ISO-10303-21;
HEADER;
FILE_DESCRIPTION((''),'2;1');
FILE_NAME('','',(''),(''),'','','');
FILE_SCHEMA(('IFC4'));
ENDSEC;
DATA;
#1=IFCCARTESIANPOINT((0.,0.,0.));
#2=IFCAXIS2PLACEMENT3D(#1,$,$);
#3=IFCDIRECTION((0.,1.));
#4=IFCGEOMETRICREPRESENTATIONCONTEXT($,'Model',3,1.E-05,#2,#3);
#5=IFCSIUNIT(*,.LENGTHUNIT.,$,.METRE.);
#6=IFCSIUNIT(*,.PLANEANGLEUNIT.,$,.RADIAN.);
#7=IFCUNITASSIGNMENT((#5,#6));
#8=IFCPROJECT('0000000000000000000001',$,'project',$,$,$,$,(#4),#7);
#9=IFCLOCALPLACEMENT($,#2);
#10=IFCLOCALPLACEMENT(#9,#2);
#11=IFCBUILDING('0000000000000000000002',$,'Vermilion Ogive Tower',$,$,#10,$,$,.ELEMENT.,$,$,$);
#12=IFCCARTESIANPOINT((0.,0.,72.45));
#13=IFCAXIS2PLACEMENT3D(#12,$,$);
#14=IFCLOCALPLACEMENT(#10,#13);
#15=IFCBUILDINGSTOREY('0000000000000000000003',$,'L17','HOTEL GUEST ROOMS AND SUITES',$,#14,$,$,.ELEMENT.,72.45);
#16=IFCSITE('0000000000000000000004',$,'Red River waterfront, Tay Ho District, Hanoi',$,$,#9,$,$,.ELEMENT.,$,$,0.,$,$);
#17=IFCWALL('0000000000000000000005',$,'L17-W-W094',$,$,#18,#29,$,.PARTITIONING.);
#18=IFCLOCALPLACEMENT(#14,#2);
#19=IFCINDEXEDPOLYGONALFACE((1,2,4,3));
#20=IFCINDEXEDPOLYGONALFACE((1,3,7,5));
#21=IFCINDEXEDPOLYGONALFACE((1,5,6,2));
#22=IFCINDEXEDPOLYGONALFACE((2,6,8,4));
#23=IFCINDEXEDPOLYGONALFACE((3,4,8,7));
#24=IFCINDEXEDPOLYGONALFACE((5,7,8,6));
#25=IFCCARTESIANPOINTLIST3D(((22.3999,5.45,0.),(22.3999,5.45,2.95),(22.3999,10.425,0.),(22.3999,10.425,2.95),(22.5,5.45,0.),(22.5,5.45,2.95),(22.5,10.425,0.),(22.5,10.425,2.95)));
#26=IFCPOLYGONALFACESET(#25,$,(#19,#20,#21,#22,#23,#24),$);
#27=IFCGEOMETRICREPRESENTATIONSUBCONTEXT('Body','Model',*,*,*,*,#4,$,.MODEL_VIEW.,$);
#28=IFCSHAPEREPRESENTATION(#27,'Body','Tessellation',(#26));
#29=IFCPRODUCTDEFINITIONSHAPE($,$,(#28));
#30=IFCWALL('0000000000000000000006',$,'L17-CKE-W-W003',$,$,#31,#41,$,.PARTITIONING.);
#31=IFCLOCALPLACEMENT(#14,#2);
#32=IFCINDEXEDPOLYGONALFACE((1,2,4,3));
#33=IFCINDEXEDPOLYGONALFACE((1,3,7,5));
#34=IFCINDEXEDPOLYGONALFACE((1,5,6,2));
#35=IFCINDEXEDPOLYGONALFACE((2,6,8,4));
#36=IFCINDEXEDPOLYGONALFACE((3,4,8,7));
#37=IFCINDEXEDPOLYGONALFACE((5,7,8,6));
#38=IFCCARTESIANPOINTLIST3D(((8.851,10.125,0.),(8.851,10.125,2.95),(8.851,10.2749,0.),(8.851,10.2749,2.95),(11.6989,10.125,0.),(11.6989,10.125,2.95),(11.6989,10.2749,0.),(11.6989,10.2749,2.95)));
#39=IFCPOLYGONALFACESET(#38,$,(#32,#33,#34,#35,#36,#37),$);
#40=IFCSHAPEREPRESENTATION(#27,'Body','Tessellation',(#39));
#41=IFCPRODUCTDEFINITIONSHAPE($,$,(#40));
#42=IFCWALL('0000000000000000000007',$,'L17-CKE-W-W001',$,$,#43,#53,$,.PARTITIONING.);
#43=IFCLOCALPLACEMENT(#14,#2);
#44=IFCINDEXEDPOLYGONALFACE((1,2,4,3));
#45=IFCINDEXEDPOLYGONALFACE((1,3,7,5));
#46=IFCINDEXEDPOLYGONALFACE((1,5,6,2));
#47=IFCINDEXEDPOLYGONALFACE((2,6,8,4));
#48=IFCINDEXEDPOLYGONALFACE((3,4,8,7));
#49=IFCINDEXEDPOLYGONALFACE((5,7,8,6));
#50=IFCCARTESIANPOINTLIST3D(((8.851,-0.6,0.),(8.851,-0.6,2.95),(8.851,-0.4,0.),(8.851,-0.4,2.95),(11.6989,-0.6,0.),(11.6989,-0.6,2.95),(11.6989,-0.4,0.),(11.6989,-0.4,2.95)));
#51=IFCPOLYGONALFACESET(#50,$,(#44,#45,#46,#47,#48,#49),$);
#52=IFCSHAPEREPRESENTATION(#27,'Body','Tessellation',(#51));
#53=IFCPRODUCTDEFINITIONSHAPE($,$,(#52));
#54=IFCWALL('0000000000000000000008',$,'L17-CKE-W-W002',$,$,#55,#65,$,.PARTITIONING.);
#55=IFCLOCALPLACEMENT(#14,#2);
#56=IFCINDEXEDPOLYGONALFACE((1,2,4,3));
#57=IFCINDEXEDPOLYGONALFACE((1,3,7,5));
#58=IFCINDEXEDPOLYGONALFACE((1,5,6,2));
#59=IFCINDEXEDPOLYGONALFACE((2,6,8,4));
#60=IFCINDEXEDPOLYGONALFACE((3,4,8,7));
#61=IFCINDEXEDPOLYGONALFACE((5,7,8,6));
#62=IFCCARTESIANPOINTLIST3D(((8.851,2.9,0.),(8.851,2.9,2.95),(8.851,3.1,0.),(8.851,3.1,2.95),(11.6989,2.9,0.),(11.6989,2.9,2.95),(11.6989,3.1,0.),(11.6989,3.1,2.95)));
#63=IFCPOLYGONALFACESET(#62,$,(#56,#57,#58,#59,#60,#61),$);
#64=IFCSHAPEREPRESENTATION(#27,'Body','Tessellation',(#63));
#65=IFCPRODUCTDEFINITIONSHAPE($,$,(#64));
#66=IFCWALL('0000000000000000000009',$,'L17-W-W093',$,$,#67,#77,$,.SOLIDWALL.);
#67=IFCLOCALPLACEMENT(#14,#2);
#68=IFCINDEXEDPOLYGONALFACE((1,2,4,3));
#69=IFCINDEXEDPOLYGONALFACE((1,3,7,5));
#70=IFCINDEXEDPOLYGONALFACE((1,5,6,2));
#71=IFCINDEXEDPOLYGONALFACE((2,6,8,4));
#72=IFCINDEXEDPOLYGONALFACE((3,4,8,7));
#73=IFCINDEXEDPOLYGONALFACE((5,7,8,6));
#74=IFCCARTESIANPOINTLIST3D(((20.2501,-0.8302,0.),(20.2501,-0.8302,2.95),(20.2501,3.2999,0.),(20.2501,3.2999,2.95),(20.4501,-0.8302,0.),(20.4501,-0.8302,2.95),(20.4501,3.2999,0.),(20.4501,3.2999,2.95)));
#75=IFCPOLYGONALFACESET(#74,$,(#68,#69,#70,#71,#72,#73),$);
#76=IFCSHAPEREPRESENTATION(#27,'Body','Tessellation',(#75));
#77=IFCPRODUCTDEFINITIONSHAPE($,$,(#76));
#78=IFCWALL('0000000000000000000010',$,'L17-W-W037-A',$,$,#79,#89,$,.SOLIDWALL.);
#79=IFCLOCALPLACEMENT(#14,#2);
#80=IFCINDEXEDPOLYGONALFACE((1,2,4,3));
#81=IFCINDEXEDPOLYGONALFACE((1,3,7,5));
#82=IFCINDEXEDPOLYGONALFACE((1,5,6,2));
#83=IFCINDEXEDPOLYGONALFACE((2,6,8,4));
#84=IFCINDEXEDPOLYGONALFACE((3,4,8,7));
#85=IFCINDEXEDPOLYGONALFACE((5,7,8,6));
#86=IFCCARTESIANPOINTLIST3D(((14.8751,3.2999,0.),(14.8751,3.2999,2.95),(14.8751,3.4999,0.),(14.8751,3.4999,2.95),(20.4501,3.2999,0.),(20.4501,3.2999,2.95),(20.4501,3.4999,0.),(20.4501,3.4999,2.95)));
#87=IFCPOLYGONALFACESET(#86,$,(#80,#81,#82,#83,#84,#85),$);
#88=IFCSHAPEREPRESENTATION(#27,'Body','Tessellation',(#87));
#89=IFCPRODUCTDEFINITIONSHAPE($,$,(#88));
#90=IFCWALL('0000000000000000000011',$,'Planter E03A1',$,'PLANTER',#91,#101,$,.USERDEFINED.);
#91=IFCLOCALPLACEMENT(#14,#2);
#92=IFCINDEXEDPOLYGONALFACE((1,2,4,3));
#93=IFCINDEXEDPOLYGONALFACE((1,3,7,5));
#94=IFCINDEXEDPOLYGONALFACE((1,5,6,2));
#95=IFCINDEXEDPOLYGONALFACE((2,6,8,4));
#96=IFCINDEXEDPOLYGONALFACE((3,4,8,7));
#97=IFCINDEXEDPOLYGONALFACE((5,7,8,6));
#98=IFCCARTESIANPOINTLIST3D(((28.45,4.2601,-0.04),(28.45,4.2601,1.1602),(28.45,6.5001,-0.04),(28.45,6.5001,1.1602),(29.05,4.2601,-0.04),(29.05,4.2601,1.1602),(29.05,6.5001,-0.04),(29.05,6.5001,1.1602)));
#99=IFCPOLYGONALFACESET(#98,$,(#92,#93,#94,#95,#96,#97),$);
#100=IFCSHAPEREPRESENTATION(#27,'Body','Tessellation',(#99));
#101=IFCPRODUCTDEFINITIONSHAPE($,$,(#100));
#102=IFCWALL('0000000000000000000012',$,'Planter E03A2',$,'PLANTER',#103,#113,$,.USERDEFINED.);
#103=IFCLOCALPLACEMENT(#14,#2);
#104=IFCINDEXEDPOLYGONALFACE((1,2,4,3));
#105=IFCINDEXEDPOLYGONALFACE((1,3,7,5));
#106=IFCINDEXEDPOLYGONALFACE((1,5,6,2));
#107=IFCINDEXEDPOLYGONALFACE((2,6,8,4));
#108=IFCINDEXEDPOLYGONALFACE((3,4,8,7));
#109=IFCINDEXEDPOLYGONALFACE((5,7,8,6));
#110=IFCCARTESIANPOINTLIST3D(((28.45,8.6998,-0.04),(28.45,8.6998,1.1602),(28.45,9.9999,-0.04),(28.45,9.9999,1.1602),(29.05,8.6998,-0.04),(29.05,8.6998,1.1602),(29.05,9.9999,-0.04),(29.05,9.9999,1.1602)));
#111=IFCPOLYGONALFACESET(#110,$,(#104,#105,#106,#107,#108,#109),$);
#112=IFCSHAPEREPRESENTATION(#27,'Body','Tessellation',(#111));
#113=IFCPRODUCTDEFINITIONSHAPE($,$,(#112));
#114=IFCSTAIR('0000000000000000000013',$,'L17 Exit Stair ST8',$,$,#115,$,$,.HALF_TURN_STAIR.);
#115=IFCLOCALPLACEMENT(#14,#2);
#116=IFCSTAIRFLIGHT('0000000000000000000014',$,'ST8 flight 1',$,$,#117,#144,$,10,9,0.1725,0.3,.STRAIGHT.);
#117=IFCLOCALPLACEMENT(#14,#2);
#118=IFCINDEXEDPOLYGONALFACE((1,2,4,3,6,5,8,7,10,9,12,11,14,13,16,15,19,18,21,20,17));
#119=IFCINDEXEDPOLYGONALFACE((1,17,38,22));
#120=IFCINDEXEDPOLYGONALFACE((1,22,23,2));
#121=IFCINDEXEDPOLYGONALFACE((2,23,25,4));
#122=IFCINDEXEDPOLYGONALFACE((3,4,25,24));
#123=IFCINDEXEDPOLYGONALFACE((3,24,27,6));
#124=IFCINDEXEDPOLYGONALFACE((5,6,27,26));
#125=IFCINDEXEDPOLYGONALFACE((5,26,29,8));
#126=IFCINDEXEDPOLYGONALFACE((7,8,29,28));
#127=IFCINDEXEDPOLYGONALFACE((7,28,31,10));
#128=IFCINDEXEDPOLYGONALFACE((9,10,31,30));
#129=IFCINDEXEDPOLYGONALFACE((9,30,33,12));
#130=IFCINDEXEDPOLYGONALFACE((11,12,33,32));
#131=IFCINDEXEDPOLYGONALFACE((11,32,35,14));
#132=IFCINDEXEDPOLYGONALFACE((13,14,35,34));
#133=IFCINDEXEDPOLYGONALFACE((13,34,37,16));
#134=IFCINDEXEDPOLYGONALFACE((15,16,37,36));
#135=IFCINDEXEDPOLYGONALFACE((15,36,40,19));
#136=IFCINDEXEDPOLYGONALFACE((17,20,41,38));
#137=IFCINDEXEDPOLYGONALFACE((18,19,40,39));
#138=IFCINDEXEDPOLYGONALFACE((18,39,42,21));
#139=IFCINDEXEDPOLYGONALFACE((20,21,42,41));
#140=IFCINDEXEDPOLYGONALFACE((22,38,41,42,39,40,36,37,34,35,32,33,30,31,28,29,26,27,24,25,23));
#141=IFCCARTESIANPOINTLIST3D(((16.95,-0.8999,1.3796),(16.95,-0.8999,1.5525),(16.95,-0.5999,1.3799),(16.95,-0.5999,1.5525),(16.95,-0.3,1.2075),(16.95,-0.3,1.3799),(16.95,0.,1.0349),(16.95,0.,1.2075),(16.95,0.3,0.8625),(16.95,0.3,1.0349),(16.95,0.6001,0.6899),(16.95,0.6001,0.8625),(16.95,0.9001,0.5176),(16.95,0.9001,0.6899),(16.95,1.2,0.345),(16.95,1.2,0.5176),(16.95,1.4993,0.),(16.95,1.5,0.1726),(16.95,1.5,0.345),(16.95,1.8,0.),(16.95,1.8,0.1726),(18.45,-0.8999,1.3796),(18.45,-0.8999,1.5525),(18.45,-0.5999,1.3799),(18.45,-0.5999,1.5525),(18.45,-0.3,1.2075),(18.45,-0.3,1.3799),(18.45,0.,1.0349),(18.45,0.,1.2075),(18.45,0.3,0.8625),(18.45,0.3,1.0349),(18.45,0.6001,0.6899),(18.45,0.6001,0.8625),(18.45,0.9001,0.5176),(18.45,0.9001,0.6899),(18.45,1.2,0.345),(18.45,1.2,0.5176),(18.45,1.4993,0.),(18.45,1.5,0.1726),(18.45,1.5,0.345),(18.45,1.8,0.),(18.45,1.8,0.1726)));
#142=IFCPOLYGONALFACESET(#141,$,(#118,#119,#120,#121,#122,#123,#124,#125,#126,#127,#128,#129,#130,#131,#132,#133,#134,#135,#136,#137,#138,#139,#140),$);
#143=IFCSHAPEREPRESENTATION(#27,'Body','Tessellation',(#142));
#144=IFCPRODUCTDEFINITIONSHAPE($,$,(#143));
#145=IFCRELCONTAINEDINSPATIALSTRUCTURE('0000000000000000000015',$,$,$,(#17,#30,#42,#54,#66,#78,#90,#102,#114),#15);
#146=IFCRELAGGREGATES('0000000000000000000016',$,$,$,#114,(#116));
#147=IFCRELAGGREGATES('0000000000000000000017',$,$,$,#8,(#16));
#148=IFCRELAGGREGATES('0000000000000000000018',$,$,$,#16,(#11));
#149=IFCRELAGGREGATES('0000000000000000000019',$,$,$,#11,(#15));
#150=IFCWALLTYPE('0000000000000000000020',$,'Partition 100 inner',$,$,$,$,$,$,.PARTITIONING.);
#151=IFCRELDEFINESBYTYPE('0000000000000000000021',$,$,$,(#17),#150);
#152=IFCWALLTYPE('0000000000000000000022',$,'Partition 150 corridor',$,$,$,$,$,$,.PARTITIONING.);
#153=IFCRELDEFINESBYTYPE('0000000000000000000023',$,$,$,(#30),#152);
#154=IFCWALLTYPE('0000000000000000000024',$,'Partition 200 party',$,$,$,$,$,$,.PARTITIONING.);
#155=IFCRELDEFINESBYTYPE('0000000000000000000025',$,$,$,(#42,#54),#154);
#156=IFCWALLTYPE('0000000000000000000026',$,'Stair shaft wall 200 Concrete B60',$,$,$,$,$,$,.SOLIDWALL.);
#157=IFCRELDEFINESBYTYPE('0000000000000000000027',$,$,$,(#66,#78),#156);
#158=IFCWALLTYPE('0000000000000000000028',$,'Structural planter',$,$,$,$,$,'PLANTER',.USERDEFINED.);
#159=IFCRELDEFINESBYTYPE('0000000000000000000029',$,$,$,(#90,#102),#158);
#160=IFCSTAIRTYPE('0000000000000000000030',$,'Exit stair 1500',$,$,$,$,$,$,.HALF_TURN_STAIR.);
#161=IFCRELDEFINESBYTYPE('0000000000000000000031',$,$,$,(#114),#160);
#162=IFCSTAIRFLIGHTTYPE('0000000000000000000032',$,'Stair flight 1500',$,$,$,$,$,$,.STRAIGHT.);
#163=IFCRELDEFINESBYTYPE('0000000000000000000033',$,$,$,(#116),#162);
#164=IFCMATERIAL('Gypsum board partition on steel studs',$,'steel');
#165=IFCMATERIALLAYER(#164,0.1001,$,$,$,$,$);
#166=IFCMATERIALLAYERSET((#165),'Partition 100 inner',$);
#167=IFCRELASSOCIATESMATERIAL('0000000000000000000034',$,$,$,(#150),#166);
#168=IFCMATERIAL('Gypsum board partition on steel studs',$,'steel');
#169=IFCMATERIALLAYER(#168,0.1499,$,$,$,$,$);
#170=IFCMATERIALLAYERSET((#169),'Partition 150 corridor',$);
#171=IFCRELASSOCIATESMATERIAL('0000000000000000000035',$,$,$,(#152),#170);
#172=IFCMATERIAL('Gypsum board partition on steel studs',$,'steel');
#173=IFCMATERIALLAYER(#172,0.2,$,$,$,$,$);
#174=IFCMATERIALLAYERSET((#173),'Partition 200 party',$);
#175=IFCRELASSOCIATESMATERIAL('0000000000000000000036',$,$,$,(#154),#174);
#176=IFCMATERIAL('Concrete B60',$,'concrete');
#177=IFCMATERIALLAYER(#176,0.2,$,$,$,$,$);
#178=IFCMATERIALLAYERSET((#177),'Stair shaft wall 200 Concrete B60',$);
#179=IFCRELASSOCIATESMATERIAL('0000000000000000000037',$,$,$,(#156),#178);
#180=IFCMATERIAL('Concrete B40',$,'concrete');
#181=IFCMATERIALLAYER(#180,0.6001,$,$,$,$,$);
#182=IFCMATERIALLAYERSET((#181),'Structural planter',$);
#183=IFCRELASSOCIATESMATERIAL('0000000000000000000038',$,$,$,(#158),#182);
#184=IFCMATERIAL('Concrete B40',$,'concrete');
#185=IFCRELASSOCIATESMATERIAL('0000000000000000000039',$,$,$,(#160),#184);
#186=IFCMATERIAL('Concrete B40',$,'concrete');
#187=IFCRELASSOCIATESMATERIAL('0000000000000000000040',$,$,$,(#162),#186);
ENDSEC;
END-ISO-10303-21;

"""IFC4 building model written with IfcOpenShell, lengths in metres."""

from ifc_helpers import new_model, si_unit, direction, frame, frame_2d, origin, place, context, subcontext, project, spatial, polyline, rectangle, outline, extrude, material, layer, layer_set, type_object, element, aggregate, save


model = new_model("IFC4")

# Units and contexts
model_context = context("Model", 3, precision=1e-05, world=origin(), true_north=direction((0.0, 1.0)))
body_context = subcontext(model_context, "Body", "Model", "MODEL_VIEW")
ifc_project = project(units=[si_unit("LENGTHUNIT", "METRE"), si_unit("PLANEANGLEUNIT", "RADIAN")], contexts=[model_context])

# Site, building, storey
site_placement = place(None, origin())
site = spatial("IfcSite", under=ifc_project, at=site_placement, Name="Red River waterfront, Tay Ho District, Hanoi", CompositionType="ELEMENT", RefElevation=0.0)
building_placement = place(site_placement, origin())
building = spatial("IfcBuilding", under=site, at=building_placement, Name="Vermilion Ogive Tower", CompositionType="ELEMENT")
storey_placement = place(building_placement, frame((0.0, 0.0, 72.45)))
storey = spatial("IfcBuildingStorey", under=building, at=storey_placement, Name="L17", Description="HOTEL GUEST ROOMS AND SUITES", CompositionType="ELEMENT", Elevation=72.45)

# Shared definitions
ifc_material_1 = material(Name="Gypsum board partition on steel studs", Category="steel")
ifc_layer_1 = layer(ifc_material_1, 0.1001)
ifc_layer_set_1 = layer_set([ifc_layer_1], Name="Partition 100 inner")
wall_type_1 = type_object("IfcWallType", Name="Partition 100 inner", PredefinedType="PARTITIONING", material=ifc_layer_set_1)

# Walls
wall_1_placement = place(storey_placement, frame((22.45, 5.45, 0.0), z_axis=(0.0, 0.0, 1.0), x_axis=(0.0, 1.0, 0.0)))
element("IfcWall", 1, at=wall_1_placement, inside=storey, type_object=wall_type_1, Name="L17-W-W094", PredefinedType="PARTITIONING", context=body_context, shape_type="SweptSolid", body=[
    extrude(rectangle(XDim=4.9751, YDim=0.1001, at=frame_2d((2.4875, 0.0))), origin(), (0.0, 0.0, 1.0), 2.95),
])
ifc_material_2 = material(Name="Gypsum board partition on steel studs", Category="steel")
ifc_layer_2 = layer(ifc_material_2, 0.1499)
ifc_layer_set_2 = layer_set([ifc_layer_2], Name="Partition 150 corridor")
wall_type_2 = type_object("IfcWallType", Name="Partition 150 corridor", PredefinedType="PARTITIONING", material=ifc_layer_set_2)
wall_2_placement = place(storey_placement, frame((8.8511, 10.2, 0.0), z_axis=(0.0, 0.0, 1.0), x_axis=(1.0, 0.0, 0.0)))
element("IfcWall", 2, at=wall_2_placement, inside=storey, type_object=wall_type_2, Name="L17-CKE-W-W003", PredefinedType="PARTITIONING", context=body_context, shape_type="SweptSolid", body=[
    extrude(rectangle(XDim=2.8479, YDim=0.1499, at=frame_2d((1.4238, 0.0))), origin(), (0.0, 0.0, 1.0), 2.95),
])
ifc_material_3 = material(Name="Gypsum board partition on steel studs", Category="steel")
ifc_layer_3 = layer(ifc_material_3, 0.2)
ifc_layer_set_3 = layer_set([ifc_layer_3], Name="Partition 200 party")
wall_type_3 = type_object("IfcWallType", Name="Partition 200 party", PredefinedType="PARTITIONING", material=ifc_layer_set_3)
for number, where, z_axis, x_axis, name in (
    (3, (8.8511, -0.5, 0.0), (0.0, 0.0, 1.0), (1.0, 0.0, 0.0), "L17-CKE-W-W001"),
    (4, (8.8511, 3.0, 0.0), (0.0, 0.0, 1.0), (1.0, 0.0, 0.0), "L17-CKE-W-W002"),
):
    element("IfcWall", number, at=place(storey_placement, frame(where, z_axis=z_axis, x_axis=x_axis)), inside=storey, type_object=wall_type_3, Name=name, PredefinedType="PARTITIONING", context=body_context, shape_type="SweptSolid", body=[
        extrude(rectangle(XDim=2.8479, YDim=0.2, at=frame_2d((1.4238, 0.0))), origin(), (0.0, 0.0, 1.0), 2.95),
    ])
ifc_material_4 = material(Name="Concrete B60", Category="concrete")
ifc_layer_4 = layer(ifc_material_4, 0.2)
ifc_layer_set_4 = layer_set([ifc_layer_4], Name="Stair shaft wall 200 Concrete B60")
wall_type_4 = type_object("IfcWallType", Name="Stair shaft wall 200 Concrete B60", PredefinedType="SOLIDWALL", material=ifc_layer_set_4)
wall_3_placement = place(storey_placement, frame((20.3501, -0.8301, 0.0), z_axis=(0.0, 0.0, 1.0), x_axis=(0.0, 1.0, 0.0)))
element("IfcWall", 5, at=wall_3_placement, inside=storey, type_object=wall_type_4, Name="L17-W-W093", PredefinedType="SOLIDWALL", context=body_context, shape_type="SweptSolid", body=[
    extrude(rectangle(XDim=4.1301, YDim=0.2, at=frame_2d((2.0649, 0.0))), origin(), (0.0, 0.0, 1.0), 2.95),
])
wall_4_placement = place(storey_placement, frame((14.875, 3.3999, 0.0), z_axis=(0.0, 0.0, 1.0), x_axis=(1.0, 0.0, 0.0)))
element("IfcWall", 6, at=wall_4_placement, inside=storey, type_object=wall_type_4, Name="L17-W-W037-A", PredefinedType="SOLIDWALL", context=body_context, shape_type="SweptSolid", body=[
    extrude(rectangle(XDim=5.575, YDim=0.2, at=frame_2d((2.7876, 0.0))), origin(), (0.0, 0.0, 1.0), 2.95),
])
ifc_material_5 = material(Name="Concrete B40", Category="concrete")
ifc_layer_5 = layer(ifc_material_5, 0.6001)
ifc_layer_set_5 = layer_set([ifc_layer_5], Name="Structural planter")
wall_type_5 = type_object("IfcWallType", Name="Structural planter", ElementType="PLANTER", PredefinedType="USERDEFINED", material=ifc_layer_set_5)
wall_5_placement = place(storey_placement, frame((28.75, 4.26, -0.04), z_axis=(0.0, 0.0, 1.0), x_axis=(0.0, 1.0, 0.0)))
element("IfcWall", 7, at=wall_5_placement, inside=storey, type_object=wall_type_5, Name="Planter E03A1", ObjectType="PLANTER", PredefinedType="USERDEFINED", context=body_context, shape_type="SweptSolid", body=[
    extrude(rectangle(XDim=2.24, YDim=0.6001, at=frame_2d((1.1201, 0.0))), origin(), (0.0, 0.0, 1.0), 1.2002),
])
wall_6_placement = place(storey_placement, frame((28.75, 8.7, -0.04), z_axis=(0.0, 0.0, 1.0), x_axis=(0.0, 1.0, 0.0)))
element("IfcWall", 8, at=wall_6_placement, inside=storey, type_object=wall_type_5, Name="Planter E03A2", ObjectType="PLANTER", PredefinedType="USERDEFINED", context=body_context, shape_type="SweptSolid", body=[
    extrude(rectangle(XDim=1.3, YDim=0.6001, at=frame_2d((0.6499, 0.0))), origin(), (0.0, 0.0, 1.0), 1.2002),
])

# Stair, stair flight
ifc_material_6 = material(Name="Concrete B40", Category="concrete")
stair_type = type_object("IfcStairType", Name="Exit stair 1500", PredefinedType="HALF_TURN_STAIR", material=ifc_material_6)
stair_placement = place(storey_placement, origin())
stair = element("IfcStair", 9, at=stair_placement, inside=storey, type_object=stair_type, Name="L17 Exit Stair ST8", PredefinedType="HALF_TURN_STAIR")
ifc_material_7 = material(Name="Concrete B40", Category="concrete")
stair_flight_type = type_object("IfcStairFlightType", Name="Stair flight 1500", PredefinedType="STRAIGHT", material=ifc_material_7)
stair_flight_placement = place(storey_placement, frame((17.7, 1.8, 0.0), z_axis=(0.0, 0.0, 1.0), x_axis=(0.0, -1.0, 0.0)))
stair_flight = element("IfcStairFlight", 10, at=stair_flight_placement, type_object=stair_flight_type, Name="ST8 flight 1", NumberOfRisers=10, NumberOfTreads=9, PredefinedType="STRAIGHT", RiserHeight=0.1725, TreadLength=0.3, context=body_context, shape_type="SweptSolid", body=[
    extrude(outline(polyline([(0.0, 0.0), (0.0, 0.1726), (0.3, 0.1726), (0.3, 0.345), (0.6001, 0.345), (0.6001, 0.5176), (0.8999, 0.5176), (0.8999, 0.6899), (1.2, 0.6899), (1.2, 0.8625), (1.5, 0.8625), (1.5, 1.0349), (1.8, 1.0349), (1.8, 1.2075), (2.1001, 1.2075), (2.1001, 1.3799), (2.3999, 1.3799), (2.3999, 1.5525), (2.7, 1.5525), (2.7, 1.7251), (2.7, 1.3796), (0.3008, 0.0), (0.0, 0.0)])), frame((0.0, 0.75, 0.0), z_axis=(0.0, -1.0, 0.0), x_axis=(1.0, 0.0, 0.0)), (0.0, 0.0, 1.0), 1.5),
])
aggregate(stair, [stair_flight])

save(model, "model.ifc")
